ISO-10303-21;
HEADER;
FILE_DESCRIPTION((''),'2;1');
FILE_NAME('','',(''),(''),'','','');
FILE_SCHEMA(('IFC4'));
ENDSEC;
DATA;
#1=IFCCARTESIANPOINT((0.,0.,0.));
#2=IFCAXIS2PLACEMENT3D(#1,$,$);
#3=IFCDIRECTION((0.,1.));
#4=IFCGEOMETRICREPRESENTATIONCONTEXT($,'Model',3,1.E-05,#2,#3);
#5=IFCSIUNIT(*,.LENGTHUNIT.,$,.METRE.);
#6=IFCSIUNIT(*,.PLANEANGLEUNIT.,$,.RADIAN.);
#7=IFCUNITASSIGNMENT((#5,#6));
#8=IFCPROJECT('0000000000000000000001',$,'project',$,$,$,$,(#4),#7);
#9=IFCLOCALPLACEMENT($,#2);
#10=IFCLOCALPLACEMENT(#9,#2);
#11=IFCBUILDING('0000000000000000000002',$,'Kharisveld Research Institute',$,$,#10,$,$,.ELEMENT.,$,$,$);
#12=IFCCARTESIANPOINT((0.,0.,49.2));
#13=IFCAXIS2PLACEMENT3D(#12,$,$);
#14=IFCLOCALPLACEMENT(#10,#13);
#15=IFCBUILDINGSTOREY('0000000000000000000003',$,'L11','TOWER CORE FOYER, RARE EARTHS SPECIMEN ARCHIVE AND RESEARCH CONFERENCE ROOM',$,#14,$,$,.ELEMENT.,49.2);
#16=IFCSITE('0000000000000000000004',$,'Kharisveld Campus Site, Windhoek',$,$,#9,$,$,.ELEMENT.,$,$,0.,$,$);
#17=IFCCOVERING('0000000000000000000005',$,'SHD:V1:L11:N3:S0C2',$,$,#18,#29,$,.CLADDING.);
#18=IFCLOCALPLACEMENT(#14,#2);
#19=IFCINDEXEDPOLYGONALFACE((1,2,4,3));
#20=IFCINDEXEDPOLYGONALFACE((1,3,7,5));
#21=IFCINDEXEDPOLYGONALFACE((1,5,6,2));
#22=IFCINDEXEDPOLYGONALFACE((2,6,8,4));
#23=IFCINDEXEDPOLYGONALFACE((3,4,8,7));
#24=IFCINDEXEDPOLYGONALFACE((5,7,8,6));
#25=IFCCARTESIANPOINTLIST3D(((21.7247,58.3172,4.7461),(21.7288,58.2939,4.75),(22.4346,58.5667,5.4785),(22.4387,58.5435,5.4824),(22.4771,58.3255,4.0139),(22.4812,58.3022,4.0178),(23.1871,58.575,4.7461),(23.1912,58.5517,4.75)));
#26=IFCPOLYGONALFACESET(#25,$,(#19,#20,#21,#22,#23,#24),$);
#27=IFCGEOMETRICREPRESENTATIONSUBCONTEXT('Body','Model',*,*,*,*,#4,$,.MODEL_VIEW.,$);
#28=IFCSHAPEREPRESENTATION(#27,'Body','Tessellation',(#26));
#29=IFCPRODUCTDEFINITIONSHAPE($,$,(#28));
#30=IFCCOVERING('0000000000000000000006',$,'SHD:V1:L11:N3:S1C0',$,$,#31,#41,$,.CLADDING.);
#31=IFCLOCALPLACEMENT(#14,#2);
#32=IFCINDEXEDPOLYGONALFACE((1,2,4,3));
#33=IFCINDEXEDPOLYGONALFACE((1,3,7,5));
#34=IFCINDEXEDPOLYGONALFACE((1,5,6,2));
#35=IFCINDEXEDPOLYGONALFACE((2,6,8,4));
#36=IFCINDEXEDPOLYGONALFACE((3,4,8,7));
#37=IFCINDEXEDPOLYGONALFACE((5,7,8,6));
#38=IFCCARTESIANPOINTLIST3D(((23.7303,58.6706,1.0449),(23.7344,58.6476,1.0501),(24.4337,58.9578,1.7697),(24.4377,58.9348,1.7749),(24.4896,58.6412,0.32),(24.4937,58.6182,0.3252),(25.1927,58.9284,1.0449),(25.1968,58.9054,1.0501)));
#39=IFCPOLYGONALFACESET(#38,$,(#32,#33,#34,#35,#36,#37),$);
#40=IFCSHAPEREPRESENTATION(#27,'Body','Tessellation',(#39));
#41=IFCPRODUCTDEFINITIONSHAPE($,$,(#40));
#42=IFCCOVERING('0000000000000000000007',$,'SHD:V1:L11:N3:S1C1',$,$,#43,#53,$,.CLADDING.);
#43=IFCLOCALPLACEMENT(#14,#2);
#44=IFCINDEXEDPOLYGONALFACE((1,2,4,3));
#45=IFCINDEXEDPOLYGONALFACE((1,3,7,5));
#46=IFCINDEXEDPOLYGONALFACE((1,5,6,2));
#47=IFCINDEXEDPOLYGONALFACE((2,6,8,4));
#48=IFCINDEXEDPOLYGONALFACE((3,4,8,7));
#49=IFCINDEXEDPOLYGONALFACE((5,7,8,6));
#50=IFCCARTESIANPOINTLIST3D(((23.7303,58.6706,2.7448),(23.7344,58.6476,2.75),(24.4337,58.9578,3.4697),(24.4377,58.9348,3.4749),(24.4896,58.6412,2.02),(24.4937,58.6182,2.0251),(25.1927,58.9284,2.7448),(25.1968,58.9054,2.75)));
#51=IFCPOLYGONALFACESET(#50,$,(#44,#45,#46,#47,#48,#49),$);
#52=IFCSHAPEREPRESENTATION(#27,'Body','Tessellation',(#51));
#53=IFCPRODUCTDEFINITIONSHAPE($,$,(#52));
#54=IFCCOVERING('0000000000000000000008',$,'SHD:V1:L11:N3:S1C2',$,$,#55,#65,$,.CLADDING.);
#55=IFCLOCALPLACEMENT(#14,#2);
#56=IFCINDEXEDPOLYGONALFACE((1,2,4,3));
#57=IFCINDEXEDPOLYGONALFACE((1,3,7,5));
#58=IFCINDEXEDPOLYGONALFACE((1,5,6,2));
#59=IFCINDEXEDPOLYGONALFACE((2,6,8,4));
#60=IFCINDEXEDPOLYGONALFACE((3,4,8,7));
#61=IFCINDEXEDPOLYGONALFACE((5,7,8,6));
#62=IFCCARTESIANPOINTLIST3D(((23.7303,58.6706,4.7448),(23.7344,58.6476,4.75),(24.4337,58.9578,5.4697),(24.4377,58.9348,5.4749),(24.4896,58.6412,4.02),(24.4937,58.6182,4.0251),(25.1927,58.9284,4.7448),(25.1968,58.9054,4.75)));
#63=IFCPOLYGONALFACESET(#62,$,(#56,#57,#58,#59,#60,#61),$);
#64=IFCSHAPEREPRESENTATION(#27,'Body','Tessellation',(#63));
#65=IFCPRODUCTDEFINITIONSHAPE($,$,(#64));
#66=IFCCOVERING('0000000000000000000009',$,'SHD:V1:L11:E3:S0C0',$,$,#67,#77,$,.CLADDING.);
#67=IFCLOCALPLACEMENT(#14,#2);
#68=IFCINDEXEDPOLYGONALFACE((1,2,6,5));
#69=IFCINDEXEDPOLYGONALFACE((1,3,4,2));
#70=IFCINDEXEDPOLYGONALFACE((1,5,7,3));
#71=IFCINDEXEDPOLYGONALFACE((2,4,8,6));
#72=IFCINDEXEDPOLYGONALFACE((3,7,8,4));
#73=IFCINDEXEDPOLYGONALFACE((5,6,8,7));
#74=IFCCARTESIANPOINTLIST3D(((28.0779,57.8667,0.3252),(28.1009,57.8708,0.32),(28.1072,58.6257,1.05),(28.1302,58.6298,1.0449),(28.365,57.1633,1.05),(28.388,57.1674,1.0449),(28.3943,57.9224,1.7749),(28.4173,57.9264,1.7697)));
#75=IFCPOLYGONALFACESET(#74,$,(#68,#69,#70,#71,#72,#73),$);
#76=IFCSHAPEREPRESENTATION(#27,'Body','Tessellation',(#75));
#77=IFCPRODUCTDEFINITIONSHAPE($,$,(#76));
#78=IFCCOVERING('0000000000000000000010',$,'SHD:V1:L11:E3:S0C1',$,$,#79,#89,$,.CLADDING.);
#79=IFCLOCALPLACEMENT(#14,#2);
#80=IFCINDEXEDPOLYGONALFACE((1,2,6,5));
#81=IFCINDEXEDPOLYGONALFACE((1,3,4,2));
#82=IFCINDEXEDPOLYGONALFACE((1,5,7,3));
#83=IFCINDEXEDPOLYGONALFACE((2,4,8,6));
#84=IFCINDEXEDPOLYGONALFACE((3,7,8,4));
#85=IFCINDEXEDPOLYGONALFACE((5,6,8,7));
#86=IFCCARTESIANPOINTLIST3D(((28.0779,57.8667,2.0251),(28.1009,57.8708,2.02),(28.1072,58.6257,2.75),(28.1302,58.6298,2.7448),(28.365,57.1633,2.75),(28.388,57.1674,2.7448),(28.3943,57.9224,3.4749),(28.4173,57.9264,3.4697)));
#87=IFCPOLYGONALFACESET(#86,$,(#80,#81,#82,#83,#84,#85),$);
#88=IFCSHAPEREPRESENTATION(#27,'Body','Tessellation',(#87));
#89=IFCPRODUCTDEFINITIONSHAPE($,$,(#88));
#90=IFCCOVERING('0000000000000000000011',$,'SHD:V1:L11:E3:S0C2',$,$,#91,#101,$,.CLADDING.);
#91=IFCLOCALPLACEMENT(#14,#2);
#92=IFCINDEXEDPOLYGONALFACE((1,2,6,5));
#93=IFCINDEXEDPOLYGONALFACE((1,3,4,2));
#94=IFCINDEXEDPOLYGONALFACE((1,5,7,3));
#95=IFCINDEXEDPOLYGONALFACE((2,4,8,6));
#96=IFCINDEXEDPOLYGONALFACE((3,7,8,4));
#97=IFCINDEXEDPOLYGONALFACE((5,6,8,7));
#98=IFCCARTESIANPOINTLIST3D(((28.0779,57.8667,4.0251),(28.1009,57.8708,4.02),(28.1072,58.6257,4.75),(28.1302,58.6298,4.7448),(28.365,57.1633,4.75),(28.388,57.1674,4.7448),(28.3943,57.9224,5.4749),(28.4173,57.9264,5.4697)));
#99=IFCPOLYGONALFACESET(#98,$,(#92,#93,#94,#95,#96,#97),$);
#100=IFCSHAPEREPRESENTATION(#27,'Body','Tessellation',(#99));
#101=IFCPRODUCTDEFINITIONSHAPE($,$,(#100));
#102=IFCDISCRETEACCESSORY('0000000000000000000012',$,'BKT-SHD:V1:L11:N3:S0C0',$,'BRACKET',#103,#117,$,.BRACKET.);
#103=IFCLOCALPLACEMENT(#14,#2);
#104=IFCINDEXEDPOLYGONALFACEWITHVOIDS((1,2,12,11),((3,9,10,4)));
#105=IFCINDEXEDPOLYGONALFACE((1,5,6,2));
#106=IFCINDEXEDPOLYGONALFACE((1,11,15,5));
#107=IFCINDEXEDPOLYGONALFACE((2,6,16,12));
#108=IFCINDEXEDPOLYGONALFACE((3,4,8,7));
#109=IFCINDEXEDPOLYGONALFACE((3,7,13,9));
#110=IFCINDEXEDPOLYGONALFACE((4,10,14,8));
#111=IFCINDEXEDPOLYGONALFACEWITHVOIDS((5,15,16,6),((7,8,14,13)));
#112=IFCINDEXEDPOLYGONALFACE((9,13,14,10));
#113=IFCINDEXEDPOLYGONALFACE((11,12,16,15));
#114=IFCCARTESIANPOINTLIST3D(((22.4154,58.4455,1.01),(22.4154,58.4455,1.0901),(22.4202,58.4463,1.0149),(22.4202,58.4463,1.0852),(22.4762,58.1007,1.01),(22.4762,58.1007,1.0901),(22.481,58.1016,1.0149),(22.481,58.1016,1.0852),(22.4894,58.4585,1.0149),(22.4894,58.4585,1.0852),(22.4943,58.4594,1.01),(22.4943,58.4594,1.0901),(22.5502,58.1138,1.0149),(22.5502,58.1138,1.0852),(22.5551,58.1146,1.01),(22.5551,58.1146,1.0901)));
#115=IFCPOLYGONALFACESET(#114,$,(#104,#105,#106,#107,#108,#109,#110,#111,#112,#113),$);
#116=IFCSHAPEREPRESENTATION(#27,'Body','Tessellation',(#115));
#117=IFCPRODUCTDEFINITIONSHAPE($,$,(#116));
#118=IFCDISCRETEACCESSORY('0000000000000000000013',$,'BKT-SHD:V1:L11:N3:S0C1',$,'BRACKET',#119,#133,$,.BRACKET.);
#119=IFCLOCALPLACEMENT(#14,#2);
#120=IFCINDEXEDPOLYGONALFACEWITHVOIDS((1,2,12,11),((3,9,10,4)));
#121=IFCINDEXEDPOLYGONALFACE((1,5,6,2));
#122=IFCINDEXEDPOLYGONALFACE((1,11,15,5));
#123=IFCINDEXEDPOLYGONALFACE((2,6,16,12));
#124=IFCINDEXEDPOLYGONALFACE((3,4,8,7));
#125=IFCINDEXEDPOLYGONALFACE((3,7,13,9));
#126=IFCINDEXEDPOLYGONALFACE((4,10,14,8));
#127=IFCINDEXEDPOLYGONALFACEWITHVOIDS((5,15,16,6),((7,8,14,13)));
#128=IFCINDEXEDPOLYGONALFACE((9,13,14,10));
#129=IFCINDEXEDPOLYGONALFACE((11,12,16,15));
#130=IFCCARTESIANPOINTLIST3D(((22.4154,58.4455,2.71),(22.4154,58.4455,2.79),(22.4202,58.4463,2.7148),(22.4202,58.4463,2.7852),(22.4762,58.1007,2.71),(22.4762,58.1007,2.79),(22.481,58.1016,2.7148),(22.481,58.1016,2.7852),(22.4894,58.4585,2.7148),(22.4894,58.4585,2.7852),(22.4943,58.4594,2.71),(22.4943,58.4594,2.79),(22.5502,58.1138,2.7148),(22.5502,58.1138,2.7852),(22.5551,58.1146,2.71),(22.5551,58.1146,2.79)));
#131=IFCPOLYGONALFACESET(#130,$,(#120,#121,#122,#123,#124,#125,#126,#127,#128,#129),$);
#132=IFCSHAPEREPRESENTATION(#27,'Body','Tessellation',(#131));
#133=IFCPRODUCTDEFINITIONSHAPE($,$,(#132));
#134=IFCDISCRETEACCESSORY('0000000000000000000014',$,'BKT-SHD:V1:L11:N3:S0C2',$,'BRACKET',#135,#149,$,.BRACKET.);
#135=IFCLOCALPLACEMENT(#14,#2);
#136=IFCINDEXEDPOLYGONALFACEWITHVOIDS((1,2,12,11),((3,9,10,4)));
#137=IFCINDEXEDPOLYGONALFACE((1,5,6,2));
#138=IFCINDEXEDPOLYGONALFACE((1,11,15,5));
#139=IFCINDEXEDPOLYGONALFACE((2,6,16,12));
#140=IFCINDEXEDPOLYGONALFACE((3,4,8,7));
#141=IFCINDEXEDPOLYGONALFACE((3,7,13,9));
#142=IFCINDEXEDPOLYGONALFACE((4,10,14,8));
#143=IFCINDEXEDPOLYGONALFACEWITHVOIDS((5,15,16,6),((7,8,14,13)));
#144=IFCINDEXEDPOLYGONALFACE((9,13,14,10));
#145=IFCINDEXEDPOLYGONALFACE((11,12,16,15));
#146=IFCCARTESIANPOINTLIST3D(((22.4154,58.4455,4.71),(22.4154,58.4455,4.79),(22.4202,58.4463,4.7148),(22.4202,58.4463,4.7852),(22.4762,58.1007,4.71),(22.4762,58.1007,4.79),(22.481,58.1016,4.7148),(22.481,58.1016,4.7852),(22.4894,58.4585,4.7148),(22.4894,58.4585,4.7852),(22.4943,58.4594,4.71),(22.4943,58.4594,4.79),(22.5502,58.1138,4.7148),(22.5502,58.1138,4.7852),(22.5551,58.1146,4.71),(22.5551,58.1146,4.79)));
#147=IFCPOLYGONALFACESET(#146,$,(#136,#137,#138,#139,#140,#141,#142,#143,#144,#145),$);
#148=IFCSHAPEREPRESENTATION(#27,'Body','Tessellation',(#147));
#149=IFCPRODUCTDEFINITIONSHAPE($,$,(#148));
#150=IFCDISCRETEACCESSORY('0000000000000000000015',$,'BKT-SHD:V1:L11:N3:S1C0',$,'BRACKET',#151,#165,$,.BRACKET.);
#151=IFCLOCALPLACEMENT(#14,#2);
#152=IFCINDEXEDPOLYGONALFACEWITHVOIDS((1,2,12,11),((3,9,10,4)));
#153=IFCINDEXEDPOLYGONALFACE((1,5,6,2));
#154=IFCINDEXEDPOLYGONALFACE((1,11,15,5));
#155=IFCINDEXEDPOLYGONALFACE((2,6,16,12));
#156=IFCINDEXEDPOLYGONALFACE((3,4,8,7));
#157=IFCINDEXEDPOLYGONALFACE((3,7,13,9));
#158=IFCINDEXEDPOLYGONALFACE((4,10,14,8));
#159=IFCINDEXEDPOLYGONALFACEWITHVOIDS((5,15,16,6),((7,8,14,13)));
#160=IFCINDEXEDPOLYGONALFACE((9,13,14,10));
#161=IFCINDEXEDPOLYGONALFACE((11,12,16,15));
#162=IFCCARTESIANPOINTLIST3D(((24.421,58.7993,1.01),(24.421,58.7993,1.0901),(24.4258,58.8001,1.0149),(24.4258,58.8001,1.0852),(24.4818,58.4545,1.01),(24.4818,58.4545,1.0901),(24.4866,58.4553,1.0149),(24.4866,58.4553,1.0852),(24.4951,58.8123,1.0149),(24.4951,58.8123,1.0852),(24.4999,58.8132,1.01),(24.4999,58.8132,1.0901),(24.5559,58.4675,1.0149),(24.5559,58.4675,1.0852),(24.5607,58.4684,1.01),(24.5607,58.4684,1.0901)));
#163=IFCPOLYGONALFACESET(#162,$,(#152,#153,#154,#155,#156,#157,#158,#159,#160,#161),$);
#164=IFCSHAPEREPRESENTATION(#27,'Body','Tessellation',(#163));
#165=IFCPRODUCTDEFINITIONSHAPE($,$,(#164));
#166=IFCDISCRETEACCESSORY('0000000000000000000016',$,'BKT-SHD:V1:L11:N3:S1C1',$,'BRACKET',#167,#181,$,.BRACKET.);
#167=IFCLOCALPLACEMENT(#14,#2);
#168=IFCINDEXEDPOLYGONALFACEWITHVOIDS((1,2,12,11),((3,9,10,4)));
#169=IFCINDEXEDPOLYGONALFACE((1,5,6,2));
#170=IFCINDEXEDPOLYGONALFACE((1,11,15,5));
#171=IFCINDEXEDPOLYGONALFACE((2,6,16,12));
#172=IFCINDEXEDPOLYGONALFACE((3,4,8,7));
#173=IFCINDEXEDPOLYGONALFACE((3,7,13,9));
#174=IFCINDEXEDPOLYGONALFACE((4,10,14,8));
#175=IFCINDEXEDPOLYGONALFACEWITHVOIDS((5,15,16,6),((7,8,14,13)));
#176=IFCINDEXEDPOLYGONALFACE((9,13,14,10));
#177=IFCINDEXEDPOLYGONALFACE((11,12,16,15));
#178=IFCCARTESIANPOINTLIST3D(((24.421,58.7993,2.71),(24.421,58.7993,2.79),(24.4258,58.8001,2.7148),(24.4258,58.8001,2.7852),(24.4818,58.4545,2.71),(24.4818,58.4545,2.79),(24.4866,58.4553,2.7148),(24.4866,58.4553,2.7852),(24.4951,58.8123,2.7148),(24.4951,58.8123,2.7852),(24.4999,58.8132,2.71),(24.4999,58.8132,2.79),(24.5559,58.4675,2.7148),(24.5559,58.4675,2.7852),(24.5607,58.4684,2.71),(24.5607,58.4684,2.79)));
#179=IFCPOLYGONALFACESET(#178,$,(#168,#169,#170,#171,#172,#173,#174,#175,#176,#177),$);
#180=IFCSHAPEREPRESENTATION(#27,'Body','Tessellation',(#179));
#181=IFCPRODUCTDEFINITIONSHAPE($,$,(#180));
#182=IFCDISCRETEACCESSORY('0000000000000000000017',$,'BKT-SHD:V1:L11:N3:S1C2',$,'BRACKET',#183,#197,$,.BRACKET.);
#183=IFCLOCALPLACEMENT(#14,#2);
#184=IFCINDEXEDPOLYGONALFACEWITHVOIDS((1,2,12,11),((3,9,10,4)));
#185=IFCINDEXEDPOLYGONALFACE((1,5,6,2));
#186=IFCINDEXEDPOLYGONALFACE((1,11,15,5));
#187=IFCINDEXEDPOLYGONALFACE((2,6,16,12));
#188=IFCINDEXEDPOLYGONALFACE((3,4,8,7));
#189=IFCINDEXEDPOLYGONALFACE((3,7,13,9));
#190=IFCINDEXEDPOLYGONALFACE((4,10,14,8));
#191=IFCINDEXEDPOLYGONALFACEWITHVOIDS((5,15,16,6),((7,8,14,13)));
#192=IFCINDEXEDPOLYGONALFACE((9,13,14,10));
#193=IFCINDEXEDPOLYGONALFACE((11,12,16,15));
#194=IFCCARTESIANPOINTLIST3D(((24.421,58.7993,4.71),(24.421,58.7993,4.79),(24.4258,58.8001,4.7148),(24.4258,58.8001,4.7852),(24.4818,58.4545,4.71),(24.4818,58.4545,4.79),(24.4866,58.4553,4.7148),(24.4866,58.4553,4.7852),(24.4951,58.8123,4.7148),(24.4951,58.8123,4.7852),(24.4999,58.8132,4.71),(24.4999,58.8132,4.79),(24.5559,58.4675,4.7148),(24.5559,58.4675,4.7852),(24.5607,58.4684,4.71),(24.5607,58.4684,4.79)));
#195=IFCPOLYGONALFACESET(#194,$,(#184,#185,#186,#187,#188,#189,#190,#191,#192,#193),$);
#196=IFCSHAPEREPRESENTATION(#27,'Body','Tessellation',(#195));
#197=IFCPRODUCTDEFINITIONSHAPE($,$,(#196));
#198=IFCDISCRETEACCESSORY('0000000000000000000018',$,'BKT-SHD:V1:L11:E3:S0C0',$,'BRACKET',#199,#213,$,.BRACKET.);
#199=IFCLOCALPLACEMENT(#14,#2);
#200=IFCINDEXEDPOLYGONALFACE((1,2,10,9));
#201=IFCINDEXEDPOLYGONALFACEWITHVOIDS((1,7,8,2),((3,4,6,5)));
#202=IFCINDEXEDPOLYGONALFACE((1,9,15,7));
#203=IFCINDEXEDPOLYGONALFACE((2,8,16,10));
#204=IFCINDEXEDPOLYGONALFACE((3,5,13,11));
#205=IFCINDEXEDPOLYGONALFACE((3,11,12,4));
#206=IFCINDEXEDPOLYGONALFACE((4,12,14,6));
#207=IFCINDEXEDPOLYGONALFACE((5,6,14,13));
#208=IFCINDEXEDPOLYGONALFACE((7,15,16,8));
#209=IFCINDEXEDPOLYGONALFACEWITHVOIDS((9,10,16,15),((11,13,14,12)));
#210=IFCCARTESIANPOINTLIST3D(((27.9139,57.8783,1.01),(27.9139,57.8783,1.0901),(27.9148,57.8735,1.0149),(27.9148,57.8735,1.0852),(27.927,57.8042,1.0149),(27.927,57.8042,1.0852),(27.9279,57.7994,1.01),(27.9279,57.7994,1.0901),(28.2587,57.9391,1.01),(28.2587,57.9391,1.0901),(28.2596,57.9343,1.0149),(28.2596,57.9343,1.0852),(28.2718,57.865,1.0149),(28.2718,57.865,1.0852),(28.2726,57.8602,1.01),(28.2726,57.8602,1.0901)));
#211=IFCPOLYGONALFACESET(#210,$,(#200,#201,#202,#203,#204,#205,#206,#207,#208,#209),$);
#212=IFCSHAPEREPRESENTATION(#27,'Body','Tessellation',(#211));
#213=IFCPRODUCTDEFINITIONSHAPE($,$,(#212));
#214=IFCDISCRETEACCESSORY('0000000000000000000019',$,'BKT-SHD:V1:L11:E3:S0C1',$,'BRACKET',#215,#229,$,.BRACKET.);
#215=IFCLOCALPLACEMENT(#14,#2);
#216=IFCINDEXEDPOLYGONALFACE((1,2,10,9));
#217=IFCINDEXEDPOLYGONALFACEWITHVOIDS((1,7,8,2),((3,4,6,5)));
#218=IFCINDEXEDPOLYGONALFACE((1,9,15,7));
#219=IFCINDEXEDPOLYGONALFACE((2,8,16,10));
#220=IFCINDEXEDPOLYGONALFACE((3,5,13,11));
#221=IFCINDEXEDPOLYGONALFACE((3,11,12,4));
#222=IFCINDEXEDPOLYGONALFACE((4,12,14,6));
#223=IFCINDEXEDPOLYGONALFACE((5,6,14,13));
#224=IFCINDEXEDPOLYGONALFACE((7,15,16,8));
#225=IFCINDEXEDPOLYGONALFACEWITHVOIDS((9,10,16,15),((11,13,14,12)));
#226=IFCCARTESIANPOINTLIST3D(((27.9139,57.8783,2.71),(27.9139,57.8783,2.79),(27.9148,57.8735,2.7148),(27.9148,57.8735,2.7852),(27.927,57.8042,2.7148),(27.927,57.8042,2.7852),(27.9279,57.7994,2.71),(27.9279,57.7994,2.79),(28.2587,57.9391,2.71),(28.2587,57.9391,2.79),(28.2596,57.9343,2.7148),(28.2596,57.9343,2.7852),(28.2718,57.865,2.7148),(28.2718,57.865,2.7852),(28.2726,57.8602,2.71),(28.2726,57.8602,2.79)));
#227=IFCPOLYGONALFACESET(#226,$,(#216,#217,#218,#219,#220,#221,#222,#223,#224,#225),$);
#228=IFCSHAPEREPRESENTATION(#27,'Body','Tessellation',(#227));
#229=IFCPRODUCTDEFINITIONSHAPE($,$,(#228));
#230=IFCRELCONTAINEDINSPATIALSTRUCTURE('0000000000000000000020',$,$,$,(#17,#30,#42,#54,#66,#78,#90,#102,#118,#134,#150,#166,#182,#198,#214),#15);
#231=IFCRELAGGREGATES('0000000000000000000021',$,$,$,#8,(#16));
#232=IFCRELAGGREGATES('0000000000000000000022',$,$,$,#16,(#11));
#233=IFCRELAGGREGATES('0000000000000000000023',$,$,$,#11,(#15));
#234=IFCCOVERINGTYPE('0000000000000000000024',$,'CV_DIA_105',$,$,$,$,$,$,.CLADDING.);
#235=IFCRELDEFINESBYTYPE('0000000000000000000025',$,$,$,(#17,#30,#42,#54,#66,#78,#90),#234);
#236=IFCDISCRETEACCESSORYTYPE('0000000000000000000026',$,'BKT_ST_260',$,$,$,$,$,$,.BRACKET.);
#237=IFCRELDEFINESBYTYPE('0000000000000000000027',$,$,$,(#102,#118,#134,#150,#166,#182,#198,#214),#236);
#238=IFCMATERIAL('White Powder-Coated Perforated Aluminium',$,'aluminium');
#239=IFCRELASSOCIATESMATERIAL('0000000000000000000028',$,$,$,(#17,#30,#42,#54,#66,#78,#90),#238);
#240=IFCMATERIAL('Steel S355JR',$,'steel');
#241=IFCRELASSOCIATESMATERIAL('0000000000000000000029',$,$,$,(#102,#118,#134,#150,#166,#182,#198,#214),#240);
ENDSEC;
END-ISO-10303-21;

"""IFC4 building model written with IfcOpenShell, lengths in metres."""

from ifc_helpers import new_model, si_unit, direction, frame, origin, origin_2d, place, context, subcontext, project, spatial, polyline, hollow_rectangle, outline, extrude, material, type_object, element, save


model = new_model("IFC4")

# Units and contexts
model_context = context("Model", 3, precision=1e-05, world=origin(), true_north=direction((0.0, 1.0)))
body_context = subcontext(model_context, "Body", "Model", "MODEL_VIEW")
ifc_project = project(units=[si_unit("LENGTHUNIT", "METRE"), si_unit("PLANEANGLEUNIT", "RADIAN")], contexts=[model_context])

# Site, building, storey
site_placement = place(None, origin())
site = spatial("IfcSite", under=ifc_project, at=site_placement, Name="Kharisveld Campus Site, Windhoek", CompositionType="ELEMENT", RefElevation=0.0)
building_placement = place(site_placement, origin())
building = spatial("IfcBuilding", under=site, at=building_placement, Name="Kharisveld Research Institute", CompositionType="ELEMENT")
storey_placement = place(building_placement, frame((0.0, 0.0, 49.2)))
storey = spatial("IfcBuildingStorey", under=building, at=storey_placement, Name="L11", Description="TOWER CORE FOYER, RARE EARTHS SPECIMEN ARCHIVE AND RESEARCH CONFERENCE ROOM", CompositionType="ELEMENT", Elevation=49.2)

# Coverings
ifc_material_1 = material(Name="White Powder-Coated Perforated Aluminium", Category="aluminium")
covering_type = type_object("IfcCoveringType", Name="CV_DIA_105", PredefinedType="CLADDING")
for number, where, z_axis, x_axis, name in (
    (1, (22.4812, 58.3022, 4.0178), (0.171239, -0.971325, 0.164938), (0.676192, 0.237624, 0.697352), "SHD:V1:L11:N3:S0C2"),
):
    element("IfcCovering", number, at=place(storey_placement, frame(where, z_axis=z_axis, x_axis=x_axis)), inside=storey, type_object=covering_type, material=ifc_material_1, Name=name, PredefinedType="CLADDING", context=body_context, shape_type="SweptSolid", body=[
        extrude(outline(polyline([(0.0, 0.0), (1.0499, 0.0), (1.0499, 1.0501), (-0.0002, 1.0499), (0.0, 0.0)])), origin(), (0.0, 0.0, -1.0), 0.0239),
    ])
for number, where, z_axis, x_axis, name in (
    (2, (24.4937, 58.6182, 0.3252), (0.169497, -0.961447, 0.21654), (0.669705, 0.27356, 0.690406), "SHD:V1:L11:N3:S1C0"),
    (3, (24.4937, 58.6182, 2.0251), (0.169497, -0.961447, 0.21654), (0.669705, 0.27356, 0.690406), "SHD:V1:L11:N3:S1C1"),
    (4, (24.4937, 58.6182, 4.0251), (0.169497, -0.961447, 0.21654), (0.669705, 0.27356, 0.690406), "SHD:V1:L11:N3:S1C2"),
):
    element("IfcCovering", number, at=place(storey_placement, frame(where, z_axis=z_axis, x_axis=x_axis)), inside=storey, type_object=covering_type, material=ifc_material_1, Name=name, PredefinedType="CLADDING", context=body_context, shape_type="SweptSolid", body=[
        extrude(outline(polyline([(0.0, 0.0), (1.0499, 0.0), (1.0501, 1.05), (0.0, 1.0501), (0.0, 0.0)])), origin(), (0.0, 0.0, -1.0), 0.0239),
    ])
for number, where, z_axis, x_axis, name in (
    (5, (28.0779, 57.8667, 0.3252), (-0.961487, -0.169504, 0.216358), (0.273429, -0.669853, 0.690314), "SHD:V1:L11:E3:S0C0"),
    (6, (28.0779, 57.8667, 2.0251), (-0.961487, -0.169504, 0.216358), (0.273429, -0.669853, 0.690314), "SHD:V1:L11:E3:S0C1"),
    (7, (28.0779, 57.8667, 4.0251), (-0.961487, -0.169504, 0.216358), (0.273429, -0.669853, 0.690314), "SHD:V1:L11:E3:S0C2"),
):
    element("IfcCovering", number, at=place(storey_placement, frame(where, z_axis=z_axis, x_axis=x_axis)), inside=storey, type_object=covering_type, material=ifc_material_1, Name=name, PredefinedType="CLADDING", context=body_context, shape_type="SweptSolid", body=[
        extrude(outline(polyline([(0.0, 0.0), (1.05, 0.0), (1.05, 1.05), (-0.0001, 1.05), (0.0, 0.0)])), origin(), (0.0, 0.0, -1.0), 0.0239),
    ])

# Discrete accessories
ifc_material_2 = material(Name="Steel S355JR", Category="steel")
discrete_accessory_type = type_object("IfcDiscreteAccessoryType", Name="BKT_ST_260", PredefinedType="BRACKET")
for number, where, z_axis, x_axis, name in (
    (8, (22.5156, 58.1077, 1.05), (-0.173666, 0.984805, 0.0), (-0.984805, -0.173666, 0.0), "BKT-SHD:V1:L11:N3:S0C0"),
    (9, (22.5156, 58.1077, 2.75), (-0.173666, 0.984805, 0.0), (-0.984805, -0.173666, 0.0), "BKT-SHD:V1:L11:N3:S0C1"),
    (10, (22.5156, 58.1077, 4.75), (-0.173666, 0.984805, 0.0), (-0.984805, -0.173666, 0.0), "BKT-SHD:V1:L11:N3:S0C2"),
    (11, (24.5212, 58.4614, 1.05), (-0.173666, 0.984805, 0.0), (-0.984805, -0.173666, 0.0), "BKT-SHD:V1:L11:N3:S1C0"),
    (12, (24.5212, 58.4614, 2.75), (-0.173666, 0.984805, 0.0), (-0.984805, -0.173666, 0.0), "BKT-SHD:V1:L11:N3:S1C1"),
    (13, (24.5212, 58.4614, 4.75), (-0.173666, 0.984805, 0.0), (-0.984805, -0.173666, 0.0), "BKT-SHD:V1:L11:N3:S1C2"),
    (14, (27.9209, 57.8389, 1.05), (0.984805, 0.173666, 0.0), (-0.173666, 0.984805, 0.0), "BKT-SHD:V1:L11:E3:S0C0"),
    (15, (27.9209, 57.8389, 2.75), (0.984805, 0.173666, 0.0), (-0.173666, 0.984805, 0.0), "BKT-SHD:V1:L11:E3:S0C1"),
):
    element("IfcDiscreteAccessory", number, at=place(storey_placement, frame(where, z_axis=z_axis, x_axis=x_axis)), inside=storey, type_object=discrete_accessory_type, material=ifc_material_2, Name=name, ObjectType="BRACKET", PredefinedType="BRACKET", context=body_context, shape_type="SweptSolid", body=[
        extrude(hollow_rectangle(XDim=0.0801, YDim=0.0801, WallThickness=0.0049, at=origin_2d()), origin(), (0.0, 0.0, 1.0), 0.3501),
    ])

save(model, "model.ifc")
